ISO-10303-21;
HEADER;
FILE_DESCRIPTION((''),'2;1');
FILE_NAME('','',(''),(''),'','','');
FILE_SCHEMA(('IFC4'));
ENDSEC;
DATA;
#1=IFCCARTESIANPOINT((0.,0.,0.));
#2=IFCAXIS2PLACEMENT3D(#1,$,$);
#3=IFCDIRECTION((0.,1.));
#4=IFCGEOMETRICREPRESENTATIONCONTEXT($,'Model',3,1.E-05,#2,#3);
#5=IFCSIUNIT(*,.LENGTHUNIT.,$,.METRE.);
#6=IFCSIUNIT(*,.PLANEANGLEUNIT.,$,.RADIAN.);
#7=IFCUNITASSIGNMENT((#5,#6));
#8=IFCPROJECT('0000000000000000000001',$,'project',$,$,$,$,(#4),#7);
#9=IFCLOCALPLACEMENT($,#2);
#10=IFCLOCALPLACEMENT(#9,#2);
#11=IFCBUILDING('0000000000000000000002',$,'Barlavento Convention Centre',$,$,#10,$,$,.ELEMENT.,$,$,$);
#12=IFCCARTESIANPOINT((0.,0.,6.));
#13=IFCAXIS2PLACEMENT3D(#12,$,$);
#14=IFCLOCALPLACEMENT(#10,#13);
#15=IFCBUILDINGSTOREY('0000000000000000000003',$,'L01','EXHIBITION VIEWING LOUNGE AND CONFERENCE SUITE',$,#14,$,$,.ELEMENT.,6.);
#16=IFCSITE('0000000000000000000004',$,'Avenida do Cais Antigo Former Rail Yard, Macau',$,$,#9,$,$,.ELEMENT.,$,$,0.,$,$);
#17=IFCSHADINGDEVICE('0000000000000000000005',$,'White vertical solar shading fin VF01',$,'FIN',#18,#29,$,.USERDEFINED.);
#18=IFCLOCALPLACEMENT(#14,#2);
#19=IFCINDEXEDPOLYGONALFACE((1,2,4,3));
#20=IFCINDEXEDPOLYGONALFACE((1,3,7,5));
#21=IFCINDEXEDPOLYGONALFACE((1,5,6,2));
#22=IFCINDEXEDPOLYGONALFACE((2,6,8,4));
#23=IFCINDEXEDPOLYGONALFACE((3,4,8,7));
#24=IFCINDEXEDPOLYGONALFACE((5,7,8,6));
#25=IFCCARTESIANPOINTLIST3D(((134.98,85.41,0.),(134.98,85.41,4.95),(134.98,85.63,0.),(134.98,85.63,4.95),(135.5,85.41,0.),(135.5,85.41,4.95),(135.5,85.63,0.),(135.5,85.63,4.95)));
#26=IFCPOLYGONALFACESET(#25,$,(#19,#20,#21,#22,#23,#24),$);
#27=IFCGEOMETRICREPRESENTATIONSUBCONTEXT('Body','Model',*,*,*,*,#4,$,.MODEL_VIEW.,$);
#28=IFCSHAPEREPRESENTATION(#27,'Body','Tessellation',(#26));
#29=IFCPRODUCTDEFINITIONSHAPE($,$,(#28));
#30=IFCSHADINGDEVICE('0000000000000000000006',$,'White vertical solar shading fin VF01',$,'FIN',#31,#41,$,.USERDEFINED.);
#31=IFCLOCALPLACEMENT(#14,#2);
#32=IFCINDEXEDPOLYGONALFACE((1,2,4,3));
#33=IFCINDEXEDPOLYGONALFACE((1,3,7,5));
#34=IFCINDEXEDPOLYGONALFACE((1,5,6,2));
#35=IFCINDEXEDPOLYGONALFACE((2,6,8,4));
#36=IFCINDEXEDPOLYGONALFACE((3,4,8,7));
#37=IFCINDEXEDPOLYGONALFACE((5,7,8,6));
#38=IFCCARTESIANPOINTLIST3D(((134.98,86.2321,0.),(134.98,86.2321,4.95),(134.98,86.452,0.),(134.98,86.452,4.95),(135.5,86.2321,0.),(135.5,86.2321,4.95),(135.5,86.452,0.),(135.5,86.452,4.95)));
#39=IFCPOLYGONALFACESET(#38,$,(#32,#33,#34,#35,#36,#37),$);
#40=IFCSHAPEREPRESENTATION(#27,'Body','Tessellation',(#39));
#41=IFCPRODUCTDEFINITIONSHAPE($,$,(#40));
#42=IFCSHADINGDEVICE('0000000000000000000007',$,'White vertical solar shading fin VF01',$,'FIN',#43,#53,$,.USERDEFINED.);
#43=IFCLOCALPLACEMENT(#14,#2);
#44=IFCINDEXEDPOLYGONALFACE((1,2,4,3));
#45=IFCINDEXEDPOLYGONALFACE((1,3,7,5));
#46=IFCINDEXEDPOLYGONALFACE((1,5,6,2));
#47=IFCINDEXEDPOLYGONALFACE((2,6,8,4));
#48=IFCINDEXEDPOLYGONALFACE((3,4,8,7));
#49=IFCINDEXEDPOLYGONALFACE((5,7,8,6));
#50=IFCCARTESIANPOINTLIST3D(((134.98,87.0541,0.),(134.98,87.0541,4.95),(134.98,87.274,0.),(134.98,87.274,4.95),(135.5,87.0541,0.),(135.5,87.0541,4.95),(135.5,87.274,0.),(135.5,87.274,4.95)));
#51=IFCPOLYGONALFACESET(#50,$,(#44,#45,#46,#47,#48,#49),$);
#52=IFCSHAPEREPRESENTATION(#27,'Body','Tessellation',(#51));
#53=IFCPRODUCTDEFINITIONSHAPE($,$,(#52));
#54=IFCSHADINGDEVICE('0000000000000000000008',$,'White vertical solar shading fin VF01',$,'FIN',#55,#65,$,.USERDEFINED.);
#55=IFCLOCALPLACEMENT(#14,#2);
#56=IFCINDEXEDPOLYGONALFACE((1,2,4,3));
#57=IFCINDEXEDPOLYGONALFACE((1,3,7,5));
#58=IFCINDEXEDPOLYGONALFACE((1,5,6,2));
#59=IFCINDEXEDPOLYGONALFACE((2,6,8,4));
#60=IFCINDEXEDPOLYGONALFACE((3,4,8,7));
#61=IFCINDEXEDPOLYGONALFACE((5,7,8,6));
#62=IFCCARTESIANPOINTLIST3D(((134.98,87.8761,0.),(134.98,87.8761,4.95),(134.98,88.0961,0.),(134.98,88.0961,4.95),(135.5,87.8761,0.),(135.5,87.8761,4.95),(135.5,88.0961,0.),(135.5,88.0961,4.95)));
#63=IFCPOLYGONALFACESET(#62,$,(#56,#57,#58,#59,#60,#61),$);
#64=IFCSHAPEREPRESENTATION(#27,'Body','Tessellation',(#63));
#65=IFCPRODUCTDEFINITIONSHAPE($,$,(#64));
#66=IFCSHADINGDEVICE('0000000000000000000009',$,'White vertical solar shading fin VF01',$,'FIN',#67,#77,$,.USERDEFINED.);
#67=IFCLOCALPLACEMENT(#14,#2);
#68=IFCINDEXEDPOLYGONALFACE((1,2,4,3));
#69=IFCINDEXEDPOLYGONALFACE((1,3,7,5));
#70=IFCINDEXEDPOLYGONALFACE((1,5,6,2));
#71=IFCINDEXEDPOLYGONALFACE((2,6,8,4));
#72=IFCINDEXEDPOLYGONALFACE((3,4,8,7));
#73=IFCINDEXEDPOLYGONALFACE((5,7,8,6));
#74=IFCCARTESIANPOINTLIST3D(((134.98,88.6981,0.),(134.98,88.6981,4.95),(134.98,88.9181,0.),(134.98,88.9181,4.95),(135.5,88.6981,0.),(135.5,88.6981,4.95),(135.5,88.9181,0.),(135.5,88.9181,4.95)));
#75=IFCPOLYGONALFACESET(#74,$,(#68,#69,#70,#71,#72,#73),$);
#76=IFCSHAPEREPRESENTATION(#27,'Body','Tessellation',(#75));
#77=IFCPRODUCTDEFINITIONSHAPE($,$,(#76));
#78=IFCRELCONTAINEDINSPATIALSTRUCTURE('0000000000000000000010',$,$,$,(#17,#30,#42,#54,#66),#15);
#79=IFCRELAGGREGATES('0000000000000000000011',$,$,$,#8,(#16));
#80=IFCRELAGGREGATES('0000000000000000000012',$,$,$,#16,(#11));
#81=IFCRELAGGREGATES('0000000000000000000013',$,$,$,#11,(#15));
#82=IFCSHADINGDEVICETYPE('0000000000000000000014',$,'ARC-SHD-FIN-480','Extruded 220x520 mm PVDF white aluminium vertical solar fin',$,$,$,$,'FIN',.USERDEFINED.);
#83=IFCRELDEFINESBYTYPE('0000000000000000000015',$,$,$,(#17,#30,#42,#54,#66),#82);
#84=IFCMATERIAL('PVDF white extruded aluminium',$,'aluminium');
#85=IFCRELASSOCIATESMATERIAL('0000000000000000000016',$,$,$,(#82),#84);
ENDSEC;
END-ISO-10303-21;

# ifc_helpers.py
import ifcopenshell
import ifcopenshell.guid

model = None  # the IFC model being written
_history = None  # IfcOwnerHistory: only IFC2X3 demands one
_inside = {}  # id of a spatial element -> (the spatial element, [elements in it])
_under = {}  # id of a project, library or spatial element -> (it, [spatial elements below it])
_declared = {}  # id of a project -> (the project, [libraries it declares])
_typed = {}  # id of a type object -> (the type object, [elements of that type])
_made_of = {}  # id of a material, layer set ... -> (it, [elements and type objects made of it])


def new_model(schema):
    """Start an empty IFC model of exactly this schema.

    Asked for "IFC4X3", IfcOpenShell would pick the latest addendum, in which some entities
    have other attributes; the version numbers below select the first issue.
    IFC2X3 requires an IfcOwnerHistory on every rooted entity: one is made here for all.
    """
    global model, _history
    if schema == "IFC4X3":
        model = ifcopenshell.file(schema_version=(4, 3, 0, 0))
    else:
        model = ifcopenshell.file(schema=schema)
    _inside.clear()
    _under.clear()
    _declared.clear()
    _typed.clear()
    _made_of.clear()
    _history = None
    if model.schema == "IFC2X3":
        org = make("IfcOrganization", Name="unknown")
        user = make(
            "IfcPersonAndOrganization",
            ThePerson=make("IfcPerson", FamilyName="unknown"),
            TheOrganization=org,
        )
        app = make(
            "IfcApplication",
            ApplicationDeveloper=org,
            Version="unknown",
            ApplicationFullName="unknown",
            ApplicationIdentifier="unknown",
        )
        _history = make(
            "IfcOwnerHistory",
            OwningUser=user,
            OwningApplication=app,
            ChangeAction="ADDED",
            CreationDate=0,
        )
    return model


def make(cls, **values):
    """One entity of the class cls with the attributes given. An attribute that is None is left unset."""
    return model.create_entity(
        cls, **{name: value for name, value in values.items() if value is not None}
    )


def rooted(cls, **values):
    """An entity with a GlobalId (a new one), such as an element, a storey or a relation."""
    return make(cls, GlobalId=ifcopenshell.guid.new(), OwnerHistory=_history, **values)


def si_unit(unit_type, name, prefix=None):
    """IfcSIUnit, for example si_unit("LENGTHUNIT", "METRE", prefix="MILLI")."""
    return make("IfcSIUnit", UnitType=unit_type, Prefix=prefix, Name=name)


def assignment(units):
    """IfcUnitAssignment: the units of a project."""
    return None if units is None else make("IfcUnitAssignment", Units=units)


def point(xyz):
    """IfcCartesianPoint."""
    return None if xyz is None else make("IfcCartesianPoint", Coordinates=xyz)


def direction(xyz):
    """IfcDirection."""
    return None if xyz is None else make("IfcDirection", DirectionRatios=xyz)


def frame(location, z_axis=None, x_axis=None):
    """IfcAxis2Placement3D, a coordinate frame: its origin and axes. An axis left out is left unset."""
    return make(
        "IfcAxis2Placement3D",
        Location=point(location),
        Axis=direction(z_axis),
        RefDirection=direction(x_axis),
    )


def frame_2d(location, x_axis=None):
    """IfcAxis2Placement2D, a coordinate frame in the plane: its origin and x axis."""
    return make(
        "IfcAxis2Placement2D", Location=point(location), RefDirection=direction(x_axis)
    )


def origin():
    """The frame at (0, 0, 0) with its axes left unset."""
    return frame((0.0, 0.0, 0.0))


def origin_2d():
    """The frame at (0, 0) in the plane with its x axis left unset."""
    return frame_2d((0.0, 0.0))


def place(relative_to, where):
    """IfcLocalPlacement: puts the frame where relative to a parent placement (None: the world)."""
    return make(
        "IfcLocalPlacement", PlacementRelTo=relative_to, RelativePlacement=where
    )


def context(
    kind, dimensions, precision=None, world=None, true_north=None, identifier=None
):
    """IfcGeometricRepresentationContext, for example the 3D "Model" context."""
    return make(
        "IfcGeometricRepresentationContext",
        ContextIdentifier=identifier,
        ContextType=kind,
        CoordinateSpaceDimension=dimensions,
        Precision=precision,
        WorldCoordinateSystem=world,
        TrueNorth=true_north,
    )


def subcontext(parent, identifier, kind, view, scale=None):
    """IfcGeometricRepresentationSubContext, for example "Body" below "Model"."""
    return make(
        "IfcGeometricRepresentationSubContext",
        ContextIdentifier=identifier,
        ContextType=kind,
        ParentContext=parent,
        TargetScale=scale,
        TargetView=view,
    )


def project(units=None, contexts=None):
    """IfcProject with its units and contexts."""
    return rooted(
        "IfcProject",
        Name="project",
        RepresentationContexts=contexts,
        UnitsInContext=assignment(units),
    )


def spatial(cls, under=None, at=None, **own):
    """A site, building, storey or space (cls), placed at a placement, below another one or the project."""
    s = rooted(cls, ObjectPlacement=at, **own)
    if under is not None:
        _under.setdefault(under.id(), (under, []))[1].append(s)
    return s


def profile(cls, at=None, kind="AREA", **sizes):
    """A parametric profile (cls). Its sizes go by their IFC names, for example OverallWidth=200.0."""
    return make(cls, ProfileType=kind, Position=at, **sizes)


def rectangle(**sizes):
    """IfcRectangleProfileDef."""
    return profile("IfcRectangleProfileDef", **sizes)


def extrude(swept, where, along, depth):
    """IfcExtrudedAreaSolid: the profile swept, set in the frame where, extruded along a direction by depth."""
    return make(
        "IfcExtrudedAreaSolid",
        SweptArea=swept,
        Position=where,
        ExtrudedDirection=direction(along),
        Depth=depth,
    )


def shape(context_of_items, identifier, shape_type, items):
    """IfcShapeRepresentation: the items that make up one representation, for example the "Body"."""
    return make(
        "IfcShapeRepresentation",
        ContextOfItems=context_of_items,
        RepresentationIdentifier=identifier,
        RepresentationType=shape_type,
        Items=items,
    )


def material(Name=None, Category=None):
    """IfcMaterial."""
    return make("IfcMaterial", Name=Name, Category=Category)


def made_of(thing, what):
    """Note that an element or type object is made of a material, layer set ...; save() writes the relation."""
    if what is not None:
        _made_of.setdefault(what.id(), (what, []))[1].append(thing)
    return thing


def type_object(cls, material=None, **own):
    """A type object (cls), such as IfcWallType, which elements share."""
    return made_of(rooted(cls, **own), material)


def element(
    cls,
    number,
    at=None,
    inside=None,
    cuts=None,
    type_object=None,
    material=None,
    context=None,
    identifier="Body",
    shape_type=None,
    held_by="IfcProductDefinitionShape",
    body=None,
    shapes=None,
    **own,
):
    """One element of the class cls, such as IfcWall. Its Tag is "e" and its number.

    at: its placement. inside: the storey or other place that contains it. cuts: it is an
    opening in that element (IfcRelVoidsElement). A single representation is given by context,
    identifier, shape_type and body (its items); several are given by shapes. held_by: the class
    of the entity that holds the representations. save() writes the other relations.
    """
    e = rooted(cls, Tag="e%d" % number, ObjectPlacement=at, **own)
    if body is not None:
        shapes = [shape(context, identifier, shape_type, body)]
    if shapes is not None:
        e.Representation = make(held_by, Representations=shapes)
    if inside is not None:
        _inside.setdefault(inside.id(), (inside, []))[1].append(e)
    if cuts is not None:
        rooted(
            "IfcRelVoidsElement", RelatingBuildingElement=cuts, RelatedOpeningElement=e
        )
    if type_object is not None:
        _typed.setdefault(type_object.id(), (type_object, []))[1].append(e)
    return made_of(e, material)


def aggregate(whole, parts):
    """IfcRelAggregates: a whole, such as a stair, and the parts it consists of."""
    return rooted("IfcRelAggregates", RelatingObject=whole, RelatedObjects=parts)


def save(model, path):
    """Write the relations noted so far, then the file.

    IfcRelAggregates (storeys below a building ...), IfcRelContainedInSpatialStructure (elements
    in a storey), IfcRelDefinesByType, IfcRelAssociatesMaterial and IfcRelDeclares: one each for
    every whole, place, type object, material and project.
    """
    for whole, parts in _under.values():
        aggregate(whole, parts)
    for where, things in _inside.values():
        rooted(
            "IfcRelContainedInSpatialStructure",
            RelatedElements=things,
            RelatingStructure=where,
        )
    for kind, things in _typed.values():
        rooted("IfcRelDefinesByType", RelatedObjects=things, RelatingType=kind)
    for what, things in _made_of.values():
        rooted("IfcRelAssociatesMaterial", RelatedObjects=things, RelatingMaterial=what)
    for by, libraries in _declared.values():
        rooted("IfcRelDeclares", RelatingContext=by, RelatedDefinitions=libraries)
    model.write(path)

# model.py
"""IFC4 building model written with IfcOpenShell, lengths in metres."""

from ifc_helpers import new_model, si_unit, direction, frame, origin, origin_2d, place, context, subcontext, project, spatial, rectangle, extrude, material, type_object, element, save


model = new_model("IFC4")

# Units and contexts
model_context = context("Model", 3, precision=1e-05, world=origin(), true_north=direction((0.0, 1.0)))
body_context = subcontext(model_context, "Body", "Model", "MODEL_VIEW")
ifc_project = project(units=[si_unit("LENGTHUNIT", "METRE"), si_unit("PLANEANGLEUNIT", "RADIAN")], contexts=[model_context])

# Site, building, storey
site_placement = place(None, origin())
site = spatial("IfcSite", under=ifc_project, at=site_placement, Name="Avenida do Cais Antigo Former Rail Yard, Macau", CompositionType="ELEMENT", RefElevation=0.0)
building_placement = place(site_placement, origin())
building = spatial("IfcBuilding", under=site, at=building_placement, Name="Barlavento Convention Centre", CompositionType="ELEMENT")
storey_placement = place(building_placement, frame((0.0, 0.0, 6.0)))
storey = spatial("IfcBuildingStorey", under=building, at=storey_placement, Name="L01", Description="EXHIBITION VIEWING LOUNGE AND CONFERENCE SUITE", CompositionType="ELEMENT", Elevation=6.0)

# Shading devices
ifc_material_1 = material(Name="PVDF white extruded aluminium", Category="aluminium")
shading_device_type = type_object("IfcShadingDeviceType", Name="ARC-SHD-FIN-480", Description="Extruded 220x520 mm PVDF white aluminium vertical solar fin", ElementType="FIN", PredefinedType="USERDEFINED", material=ifc_material_1)
for number, where, z_axis, x_axis, name in (
    (1, (135.24, 85.52, 0.0), (0.0, 0.0, 1.0), (0.0, 1.0, 0.0), "White vertical solar shading fin VF01"),
    (2, (135.24, 86.342, 0.0), (0.0, 0.0, 1.0), (0.0, 1.0, 0.0), "White vertical solar shading fin VF01"),
    (3, (135.24, 87.1641, 0.0), (0.0, 0.0, 1.0), (0.0, 1.0, 0.0), "White vertical solar shading fin VF01"),
    (4, (135.24, 87.9861, 0.0), (0.0, 0.0, 1.0), (0.0, 1.0, 0.0), "White vertical solar shading fin VF01"),
    (5, (135.24, 88.8081, 0.0), (0.0, 0.0, 1.0), (0.0, 1.0, 0.0), "White vertical solar shading fin VF01"),
):
    element("IfcShadingDevice", number, at=place(storey_placement, frame(where, z_axis=z_axis, x_axis=x_axis)), inside=storey, type_object=shading_device_type, Name=name, ObjectType="FIN", PredefinedType="USERDEFINED", context=body_context, shape_type="SweptSolid", body=[
        extrude(rectangle(XDim=0.22, YDim=0.52, at=origin_2d()), origin(), (0.0, 0.0, 1.0), 4.95),
    ])

save(model, "model.ifc")
